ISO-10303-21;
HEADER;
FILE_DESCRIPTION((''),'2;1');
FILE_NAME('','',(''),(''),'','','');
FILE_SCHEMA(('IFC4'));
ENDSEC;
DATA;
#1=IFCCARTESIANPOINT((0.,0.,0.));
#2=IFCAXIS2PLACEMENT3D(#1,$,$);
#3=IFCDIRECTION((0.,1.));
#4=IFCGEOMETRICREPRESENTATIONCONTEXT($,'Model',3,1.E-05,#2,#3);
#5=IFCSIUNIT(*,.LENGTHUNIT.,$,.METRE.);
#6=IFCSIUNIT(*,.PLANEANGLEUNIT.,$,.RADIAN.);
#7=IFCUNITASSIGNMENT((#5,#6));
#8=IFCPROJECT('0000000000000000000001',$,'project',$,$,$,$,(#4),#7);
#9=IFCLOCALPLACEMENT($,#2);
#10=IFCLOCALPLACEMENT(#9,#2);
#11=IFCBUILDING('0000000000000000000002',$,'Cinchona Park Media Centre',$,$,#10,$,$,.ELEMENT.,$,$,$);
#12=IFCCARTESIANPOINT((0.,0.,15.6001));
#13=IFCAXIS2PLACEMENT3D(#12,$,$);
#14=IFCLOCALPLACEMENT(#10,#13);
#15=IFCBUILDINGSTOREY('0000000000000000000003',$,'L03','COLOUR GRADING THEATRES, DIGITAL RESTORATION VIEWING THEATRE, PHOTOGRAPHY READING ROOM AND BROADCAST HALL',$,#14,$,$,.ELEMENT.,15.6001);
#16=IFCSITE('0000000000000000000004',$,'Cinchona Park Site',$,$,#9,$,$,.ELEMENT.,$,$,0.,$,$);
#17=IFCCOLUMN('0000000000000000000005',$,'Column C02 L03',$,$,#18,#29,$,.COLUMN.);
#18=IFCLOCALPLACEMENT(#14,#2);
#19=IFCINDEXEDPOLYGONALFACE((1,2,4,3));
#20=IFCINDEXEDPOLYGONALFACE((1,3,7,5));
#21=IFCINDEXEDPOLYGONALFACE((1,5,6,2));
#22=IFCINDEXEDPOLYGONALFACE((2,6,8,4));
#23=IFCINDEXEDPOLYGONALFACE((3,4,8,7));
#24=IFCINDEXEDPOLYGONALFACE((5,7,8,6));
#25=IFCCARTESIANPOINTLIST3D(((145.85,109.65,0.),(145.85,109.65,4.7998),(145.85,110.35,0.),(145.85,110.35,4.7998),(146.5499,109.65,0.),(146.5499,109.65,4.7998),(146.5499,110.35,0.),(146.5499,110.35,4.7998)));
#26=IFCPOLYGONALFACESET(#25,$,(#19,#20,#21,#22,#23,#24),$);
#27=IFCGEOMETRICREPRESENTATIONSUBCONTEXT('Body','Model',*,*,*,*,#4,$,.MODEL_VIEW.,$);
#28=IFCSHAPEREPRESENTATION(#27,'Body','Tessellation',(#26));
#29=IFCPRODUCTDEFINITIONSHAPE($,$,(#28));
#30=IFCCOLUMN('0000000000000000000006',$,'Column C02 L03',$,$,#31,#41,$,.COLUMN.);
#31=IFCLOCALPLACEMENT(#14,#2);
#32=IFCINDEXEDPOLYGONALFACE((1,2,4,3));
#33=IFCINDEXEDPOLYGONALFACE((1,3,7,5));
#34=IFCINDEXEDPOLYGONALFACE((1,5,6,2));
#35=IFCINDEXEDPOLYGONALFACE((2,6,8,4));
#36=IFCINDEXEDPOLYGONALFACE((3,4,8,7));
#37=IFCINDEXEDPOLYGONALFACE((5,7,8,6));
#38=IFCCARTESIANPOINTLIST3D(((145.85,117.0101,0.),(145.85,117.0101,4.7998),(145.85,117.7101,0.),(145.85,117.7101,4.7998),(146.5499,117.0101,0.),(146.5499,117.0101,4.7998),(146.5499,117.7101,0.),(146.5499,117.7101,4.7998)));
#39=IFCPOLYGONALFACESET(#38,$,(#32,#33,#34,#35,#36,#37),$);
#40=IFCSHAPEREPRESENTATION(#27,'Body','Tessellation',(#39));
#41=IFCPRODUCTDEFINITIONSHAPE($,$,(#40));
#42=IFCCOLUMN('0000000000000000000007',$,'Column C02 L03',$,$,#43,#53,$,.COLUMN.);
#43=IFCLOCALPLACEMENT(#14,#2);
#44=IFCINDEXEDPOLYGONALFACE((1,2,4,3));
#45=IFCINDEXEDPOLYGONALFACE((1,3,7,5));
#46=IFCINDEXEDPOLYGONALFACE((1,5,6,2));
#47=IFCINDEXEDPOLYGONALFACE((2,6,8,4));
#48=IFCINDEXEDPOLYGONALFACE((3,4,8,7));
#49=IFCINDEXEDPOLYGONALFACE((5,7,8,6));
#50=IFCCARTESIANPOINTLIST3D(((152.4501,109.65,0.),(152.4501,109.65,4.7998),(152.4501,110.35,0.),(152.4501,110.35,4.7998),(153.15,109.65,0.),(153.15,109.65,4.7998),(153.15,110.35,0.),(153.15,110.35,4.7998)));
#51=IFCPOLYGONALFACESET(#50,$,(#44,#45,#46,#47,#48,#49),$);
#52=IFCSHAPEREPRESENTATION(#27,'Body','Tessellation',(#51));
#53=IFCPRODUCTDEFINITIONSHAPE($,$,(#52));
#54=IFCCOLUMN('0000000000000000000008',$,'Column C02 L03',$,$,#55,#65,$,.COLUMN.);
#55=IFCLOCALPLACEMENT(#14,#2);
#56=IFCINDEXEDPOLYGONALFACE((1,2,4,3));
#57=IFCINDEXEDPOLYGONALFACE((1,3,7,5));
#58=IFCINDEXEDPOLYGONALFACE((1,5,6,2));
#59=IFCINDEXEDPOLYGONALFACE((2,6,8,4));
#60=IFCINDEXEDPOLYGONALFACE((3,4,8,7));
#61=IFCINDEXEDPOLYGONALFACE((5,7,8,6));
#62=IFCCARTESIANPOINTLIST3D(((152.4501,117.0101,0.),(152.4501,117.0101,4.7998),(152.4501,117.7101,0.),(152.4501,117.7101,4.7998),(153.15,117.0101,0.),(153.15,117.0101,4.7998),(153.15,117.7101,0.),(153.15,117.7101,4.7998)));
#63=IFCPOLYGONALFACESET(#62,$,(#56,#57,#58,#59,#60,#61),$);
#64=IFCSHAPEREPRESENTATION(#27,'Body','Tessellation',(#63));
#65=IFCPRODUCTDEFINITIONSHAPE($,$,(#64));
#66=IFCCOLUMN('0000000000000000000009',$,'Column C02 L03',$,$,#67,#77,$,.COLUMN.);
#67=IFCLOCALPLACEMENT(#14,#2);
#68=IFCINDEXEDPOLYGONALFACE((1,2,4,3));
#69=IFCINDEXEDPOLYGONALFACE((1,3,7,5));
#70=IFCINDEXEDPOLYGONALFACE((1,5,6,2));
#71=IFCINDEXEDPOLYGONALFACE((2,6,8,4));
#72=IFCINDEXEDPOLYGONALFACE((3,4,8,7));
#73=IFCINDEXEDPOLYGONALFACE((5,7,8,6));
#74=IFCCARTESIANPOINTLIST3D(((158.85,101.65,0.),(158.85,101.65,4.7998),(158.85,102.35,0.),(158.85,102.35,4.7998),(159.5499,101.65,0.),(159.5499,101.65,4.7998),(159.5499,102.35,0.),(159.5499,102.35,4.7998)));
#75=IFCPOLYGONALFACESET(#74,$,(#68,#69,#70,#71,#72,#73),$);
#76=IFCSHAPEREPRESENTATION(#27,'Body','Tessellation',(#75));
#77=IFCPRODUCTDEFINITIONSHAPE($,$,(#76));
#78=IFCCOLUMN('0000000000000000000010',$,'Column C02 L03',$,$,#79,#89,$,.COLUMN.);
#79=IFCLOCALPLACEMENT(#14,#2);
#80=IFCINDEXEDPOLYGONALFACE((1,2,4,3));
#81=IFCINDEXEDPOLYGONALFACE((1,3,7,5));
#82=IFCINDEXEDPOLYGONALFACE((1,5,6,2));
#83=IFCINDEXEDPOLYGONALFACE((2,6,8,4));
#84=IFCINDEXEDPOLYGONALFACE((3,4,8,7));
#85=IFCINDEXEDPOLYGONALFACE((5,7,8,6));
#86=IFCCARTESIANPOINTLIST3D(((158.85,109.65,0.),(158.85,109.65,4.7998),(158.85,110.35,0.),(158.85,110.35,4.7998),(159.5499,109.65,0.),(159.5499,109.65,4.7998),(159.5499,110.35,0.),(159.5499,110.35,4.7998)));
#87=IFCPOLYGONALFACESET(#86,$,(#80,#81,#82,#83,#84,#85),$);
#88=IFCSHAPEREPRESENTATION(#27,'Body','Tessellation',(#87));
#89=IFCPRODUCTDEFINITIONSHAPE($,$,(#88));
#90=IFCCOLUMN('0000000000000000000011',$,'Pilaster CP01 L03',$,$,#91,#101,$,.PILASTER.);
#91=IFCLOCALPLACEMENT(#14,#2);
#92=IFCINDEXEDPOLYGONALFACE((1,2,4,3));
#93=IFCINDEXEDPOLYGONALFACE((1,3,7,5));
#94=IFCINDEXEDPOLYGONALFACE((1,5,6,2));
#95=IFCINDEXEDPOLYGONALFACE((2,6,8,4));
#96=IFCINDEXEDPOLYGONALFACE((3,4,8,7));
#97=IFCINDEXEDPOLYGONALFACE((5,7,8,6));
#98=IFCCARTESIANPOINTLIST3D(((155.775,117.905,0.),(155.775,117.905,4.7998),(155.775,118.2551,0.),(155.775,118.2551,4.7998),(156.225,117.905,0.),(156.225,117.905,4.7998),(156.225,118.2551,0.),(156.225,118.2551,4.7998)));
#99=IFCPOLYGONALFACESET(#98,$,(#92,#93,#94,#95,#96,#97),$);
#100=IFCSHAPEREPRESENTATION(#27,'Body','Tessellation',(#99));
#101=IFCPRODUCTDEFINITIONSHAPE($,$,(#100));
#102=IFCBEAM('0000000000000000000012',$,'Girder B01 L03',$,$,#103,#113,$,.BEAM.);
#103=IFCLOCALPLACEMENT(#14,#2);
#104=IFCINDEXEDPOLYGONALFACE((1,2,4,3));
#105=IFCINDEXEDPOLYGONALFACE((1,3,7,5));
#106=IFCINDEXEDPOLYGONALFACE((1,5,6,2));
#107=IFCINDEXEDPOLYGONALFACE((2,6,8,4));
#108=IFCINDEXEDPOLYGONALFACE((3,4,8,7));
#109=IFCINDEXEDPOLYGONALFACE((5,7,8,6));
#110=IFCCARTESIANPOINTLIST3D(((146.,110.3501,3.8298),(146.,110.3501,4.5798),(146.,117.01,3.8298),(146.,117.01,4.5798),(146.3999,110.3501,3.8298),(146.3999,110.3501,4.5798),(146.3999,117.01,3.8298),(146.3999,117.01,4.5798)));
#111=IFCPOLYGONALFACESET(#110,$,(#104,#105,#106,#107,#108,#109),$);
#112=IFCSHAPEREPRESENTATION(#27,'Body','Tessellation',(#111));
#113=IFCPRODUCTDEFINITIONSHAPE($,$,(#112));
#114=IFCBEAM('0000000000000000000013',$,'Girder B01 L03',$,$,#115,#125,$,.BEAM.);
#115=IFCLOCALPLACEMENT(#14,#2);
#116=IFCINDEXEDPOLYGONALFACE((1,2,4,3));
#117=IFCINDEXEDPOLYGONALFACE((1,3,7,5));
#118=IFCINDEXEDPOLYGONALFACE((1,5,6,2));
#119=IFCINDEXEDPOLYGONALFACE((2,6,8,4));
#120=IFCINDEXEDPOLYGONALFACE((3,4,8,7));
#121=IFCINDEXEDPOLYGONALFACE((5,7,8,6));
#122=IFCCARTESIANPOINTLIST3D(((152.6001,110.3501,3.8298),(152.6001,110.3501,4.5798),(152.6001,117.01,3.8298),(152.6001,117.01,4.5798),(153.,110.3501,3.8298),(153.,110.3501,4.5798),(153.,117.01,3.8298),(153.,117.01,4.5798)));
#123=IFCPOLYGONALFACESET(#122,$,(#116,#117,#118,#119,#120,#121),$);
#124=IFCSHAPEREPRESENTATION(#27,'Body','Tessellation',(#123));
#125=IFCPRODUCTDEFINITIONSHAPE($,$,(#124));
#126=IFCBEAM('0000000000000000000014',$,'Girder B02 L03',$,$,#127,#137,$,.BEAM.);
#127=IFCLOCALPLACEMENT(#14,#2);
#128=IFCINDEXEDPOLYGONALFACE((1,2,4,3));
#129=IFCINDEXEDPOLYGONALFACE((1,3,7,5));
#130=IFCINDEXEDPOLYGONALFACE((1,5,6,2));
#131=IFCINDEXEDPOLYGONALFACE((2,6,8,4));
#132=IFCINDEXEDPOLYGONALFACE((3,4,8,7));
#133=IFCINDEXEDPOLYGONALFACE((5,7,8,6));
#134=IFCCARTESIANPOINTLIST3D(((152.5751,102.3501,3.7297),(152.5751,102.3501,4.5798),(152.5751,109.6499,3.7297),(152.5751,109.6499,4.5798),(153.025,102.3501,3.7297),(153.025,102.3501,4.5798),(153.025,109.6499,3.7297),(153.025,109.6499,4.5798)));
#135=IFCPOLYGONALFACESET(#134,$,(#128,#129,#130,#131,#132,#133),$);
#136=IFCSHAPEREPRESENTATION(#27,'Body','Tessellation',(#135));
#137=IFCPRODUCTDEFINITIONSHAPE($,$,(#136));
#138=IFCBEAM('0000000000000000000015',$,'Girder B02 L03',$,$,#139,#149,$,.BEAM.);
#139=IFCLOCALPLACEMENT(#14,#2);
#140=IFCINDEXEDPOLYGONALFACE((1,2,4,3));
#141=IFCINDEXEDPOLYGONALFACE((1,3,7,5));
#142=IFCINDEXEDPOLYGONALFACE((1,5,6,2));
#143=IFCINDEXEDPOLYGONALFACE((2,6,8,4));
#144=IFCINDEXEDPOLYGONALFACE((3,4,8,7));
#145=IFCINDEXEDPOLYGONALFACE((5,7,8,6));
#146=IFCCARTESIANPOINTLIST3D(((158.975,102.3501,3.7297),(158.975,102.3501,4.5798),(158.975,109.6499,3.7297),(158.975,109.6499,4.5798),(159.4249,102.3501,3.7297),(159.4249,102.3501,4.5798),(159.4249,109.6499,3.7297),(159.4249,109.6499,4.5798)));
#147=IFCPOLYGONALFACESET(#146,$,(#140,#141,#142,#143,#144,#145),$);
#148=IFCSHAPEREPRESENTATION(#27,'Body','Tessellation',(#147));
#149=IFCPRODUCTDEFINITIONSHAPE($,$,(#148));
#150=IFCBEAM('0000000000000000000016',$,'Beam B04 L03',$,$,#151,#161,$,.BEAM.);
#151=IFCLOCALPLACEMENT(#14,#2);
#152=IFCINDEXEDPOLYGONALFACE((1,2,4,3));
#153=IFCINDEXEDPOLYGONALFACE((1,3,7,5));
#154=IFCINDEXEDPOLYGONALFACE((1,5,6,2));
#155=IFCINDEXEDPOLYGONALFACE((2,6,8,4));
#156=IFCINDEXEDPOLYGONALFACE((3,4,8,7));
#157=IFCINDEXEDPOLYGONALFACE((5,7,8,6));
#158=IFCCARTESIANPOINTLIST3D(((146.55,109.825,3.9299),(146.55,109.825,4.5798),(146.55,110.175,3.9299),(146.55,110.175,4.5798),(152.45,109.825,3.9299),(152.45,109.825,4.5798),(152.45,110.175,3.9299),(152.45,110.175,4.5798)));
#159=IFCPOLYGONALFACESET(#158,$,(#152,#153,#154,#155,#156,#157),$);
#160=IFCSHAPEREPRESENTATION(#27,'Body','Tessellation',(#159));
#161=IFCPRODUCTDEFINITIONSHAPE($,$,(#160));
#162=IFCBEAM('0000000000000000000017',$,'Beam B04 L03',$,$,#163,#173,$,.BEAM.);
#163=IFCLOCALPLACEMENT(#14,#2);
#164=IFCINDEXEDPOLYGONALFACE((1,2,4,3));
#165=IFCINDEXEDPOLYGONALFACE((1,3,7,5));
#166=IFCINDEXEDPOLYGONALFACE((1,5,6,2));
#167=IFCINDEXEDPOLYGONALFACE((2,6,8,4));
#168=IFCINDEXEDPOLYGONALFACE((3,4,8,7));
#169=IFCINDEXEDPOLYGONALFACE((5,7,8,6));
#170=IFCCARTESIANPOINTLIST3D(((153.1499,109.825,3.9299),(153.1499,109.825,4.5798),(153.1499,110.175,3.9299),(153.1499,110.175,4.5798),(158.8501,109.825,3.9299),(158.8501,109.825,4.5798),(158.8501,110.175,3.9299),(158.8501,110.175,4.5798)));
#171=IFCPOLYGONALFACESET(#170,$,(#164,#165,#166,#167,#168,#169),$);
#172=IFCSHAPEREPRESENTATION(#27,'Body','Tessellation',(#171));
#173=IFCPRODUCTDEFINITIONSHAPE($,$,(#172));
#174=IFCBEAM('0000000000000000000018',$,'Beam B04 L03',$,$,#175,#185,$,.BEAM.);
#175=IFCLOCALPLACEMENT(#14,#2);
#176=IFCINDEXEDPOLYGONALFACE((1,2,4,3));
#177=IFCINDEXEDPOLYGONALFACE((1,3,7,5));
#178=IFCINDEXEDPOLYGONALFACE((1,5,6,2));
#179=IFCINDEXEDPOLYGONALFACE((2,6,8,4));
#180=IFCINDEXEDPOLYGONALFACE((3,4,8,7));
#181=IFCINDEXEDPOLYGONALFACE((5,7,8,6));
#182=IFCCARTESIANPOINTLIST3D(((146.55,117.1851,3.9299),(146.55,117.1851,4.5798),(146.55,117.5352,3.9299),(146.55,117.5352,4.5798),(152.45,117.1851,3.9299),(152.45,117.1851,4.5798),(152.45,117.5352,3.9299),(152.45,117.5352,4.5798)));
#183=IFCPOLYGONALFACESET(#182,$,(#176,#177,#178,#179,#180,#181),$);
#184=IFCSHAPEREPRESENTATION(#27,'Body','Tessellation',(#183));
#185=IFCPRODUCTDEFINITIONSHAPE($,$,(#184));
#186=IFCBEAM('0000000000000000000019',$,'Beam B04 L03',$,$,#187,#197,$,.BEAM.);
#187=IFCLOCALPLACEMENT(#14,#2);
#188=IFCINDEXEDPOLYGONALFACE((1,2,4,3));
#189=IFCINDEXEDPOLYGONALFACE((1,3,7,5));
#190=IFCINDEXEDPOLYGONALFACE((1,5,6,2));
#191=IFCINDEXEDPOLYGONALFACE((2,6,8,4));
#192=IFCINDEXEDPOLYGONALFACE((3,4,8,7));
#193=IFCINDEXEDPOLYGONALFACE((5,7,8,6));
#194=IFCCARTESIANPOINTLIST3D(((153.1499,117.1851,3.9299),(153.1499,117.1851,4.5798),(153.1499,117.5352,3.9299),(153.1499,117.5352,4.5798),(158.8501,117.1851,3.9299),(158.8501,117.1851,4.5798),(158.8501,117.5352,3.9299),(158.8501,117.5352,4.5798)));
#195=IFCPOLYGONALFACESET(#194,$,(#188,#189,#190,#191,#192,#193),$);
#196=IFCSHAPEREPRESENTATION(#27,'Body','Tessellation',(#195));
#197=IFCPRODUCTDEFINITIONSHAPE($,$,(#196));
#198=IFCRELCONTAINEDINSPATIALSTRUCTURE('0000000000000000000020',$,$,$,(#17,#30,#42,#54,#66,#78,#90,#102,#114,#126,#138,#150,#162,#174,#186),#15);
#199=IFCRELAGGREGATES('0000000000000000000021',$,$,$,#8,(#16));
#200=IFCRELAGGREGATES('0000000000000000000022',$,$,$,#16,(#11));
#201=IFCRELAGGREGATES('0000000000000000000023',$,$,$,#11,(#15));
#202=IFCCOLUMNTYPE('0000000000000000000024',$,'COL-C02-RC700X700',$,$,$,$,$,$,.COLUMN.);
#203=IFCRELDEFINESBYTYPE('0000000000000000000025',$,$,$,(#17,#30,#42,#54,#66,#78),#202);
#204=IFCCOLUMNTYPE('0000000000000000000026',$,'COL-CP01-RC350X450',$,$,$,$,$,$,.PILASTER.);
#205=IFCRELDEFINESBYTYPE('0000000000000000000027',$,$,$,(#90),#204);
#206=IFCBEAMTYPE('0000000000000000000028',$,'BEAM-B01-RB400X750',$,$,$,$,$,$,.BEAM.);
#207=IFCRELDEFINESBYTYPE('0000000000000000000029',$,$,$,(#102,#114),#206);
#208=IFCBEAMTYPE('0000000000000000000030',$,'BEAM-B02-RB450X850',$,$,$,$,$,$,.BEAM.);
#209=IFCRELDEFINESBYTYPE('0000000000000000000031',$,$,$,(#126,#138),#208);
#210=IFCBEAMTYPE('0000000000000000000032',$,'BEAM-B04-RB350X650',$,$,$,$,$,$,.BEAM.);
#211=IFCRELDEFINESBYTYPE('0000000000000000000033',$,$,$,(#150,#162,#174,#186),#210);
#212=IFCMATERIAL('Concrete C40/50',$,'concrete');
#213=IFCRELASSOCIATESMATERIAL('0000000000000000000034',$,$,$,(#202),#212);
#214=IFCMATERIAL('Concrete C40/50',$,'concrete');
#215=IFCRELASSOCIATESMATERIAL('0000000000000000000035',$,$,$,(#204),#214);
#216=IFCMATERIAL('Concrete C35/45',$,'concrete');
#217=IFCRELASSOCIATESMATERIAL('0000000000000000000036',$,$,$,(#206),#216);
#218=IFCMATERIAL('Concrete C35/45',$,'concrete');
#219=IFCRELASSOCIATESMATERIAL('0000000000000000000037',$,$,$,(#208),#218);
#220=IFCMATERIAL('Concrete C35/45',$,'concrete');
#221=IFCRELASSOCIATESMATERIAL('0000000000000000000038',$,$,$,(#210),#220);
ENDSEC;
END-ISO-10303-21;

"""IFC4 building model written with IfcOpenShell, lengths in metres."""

from ifc_helpers import new_model, si_unit, direction, frame, origin, origin_2d, place, context, subcontext, project, spatial, rectangle, extrude, material, material_profile, profile_set, type_object, element, save


model = new_model("IFC4")

# Units and contexts
model_context = context("Model", 3, precision=1e-05, world=origin(), true_north=direction((0.0, 1.0)))
body_context = subcontext(model_context, "Body", "Model", "MODEL_VIEW")
ifc_project = project(units=[si_unit("LENGTHUNIT", "METRE"), si_unit("PLANEANGLEUNIT", "RADIAN")], contexts=[model_context])

# Site, building, storey
site_placement = place(None, origin())
site = spatial("IfcSite", under=ifc_project, at=site_placement, Name="Cinchona Park Site", CompositionType="ELEMENT", RefElevation=0.0)
building_placement = place(site_placement, origin())
building = spatial("IfcBuilding", under=site, at=building_placement, Name="Cinchona Park Media Centre", CompositionType="ELEMENT")
storey_placement = place(building_placement, frame((0.0, 0.0, 15.6001)))
storey = spatial("IfcBuildingStorey", under=building, at=storey_placement, Name="L03", Description="COLOUR GRADING THEATRES, DIGITAL RESTORATION VIEWING THEATRE, PHOTOGRAPHY READING ROOM AND BROADCAST HALL", CompositionType="ELEMENT", Elevation=15.6001)

# Columns
ifc_material_1 = material(Name="Concrete C40/50", Category="concrete")
ifc_material_profile_1 = material_profile(ifc_material_1, rectangle(XDim=0.7, YDim=0.7, at=origin_2d()), Name="RC 700X700")
ifc_profile_set_1 = profile_set([ifc_material_profile_1], Name="Concrete C40/50")
column_type_1 = type_object("IfcColumnType", Name="COL-C02-RC700X700", PredefinedType="COLUMN", material=ifc_profile_set_1)
for number, where, z_axis, x_axis, name in (
    (1, (146.2, 110.0, 0.0), (0.0, 0.0, 1.0), (1.0, 0.0, 0.0), "Column C02 L03"),
    (2, (146.2, 117.3601, 0.0), (0.0, 0.0, 1.0), (1.0, 0.0, 0.0), "Column C02 L03"),
    (3, (152.8, 110.0, 0.0), (0.0, 0.0, 1.0), (1.0, 0.0, 0.0), "Column C02 L03"),
    (4, (152.8, 117.3601, 0.0), (0.0, 0.0, 1.0), (1.0, 0.0, 0.0), "Column C02 L03"),
    (5, (159.2, 102.0, 0.0), (0.0, 0.0, 1.0), (1.0, 0.0, 0.0), "Column C02 L03"),
    (6, (159.2, 110.0, 0.0), (0.0, 0.0, 1.0), (1.0, 0.0, 0.0), "Column C02 L03"),
):
    element("IfcColumn", number, at=place(storey_placement, frame(where, z_axis=z_axis, x_axis=x_axis)), inside=storey, type_object=column_type_1, Name=name, PredefinedType="COLUMN", context=body_context, shape_type="SweptSolid", body=[
        extrude(rectangle(XDim=0.7, YDim=0.7, at=origin_2d()), origin(), (0.0, 0.0, 1.0), 4.7998),
    ])
ifc_material_2 = material(Name="Concrete C40/50", Category="concrete")
ifc_material_profile_2 = material_profile(ifc_material_2, rectangle(XDim=0.3501, YDim=0.45, at=origin_2d()), Name="RC 350X450")
ifc_profile_set_2 = profile_set([ifc_material_profile_2], Name="Concrete C40/50")
column_type_2 = type_object("IfcColumnType", Name="COL-CP01-RC350X450", PredefinedType="PILASTER", material=ifc_profile_set_2)
column_placement = place(storey_placement, frame((156.0, 118.0801, 0.0), z_axis=(0.0, 0.0, 1.0), x_axis=(0.0, 1.0, 0.0)))
element("IfcColumn", 7, at=column_placement, inside=storey, type_object=column_type_2, Name="Pilaster CP01 L03", PredefinedType="PILASTER", context=body_context, shape_type="SweptSolid", body=[
    extrude(rectangle(XDim=0.3501, YDim=0.45, at=origin_2d()), origin(), (0.0, 0.0, 1.0), 4.7998),
])

# Beams
ifc_material_3 = material(Name="Concrete C35/45", Category="concrete")
ifc_material_profile_3 = material_profile(ifc_material_3, rectangle(XDim=0.3999, YDim=0.75, at=origin_2d()), Name="RB 400X750")
ifc_profile_set_3 = profile_set([ifc_material_profile_3], Name="Concrete C35/45")
beam_type_1 = type_object("IfcBeamType", Name="BEAM-B01-RB400X750", PredefinedType="BEAM", material=ifc_profile_set_3)
for number, where, z_axis, x_axis, name in (
    (8, (146.2, 110.3501, 4.2048), (0.0, 1.0, 0.0), (-1.0, 0.0, 0.0), "Girder B01 L03"),
    (9, (152.8, 110.3501, 4.2048), (0.0, 1.0, 0.0), (-1.0, 0.0, 0.0), "Girder B01 L03"),
):
    element("IfcBeam", number, at=place(storey_placement, frame(where, z_axis=z_axis, x_axis=x_axis)), inside=storey, type_object=beam_type_1, Name=name, PredefinedType="BEAM", context=body_context, shape_type="SweptSolid", body=[
        extrude(rectangle(XDim=0.3999, YDim=0.75, at=origin_2d()), origin(), (0.0, 0.0, 1.0), 6.6599),
    ])
ifc_material_4 = material(Name="Concrete C35/45", Category="concrete")
ifc_material_profile_4 = material_profile(ifc_material_4, rectangle(XDim=0.45, YDim=0.8501, at=origin_2d()), Name="RB 450X850")
ifc_profile_set_4 = profile_set([ifc_material_profile_4], Name="Concrete C35/45")
beam_type_2 = type_object("IfcBeamType", Name="BEAM-B02-RB450X850", PredefinedType="BEAM", material=ifc_profile_set_4)
for number, where, z_axis, x_axis, name in (
    (10, (152.8, 102.3501, 4.1548), (0.0, 1.0, 0.0), (-1.0, 0.0, 0.0), "Girder B02 L03"),
    (11, (159.2, 102.3501, 4.1548), (0.0, 1.0, 0.0), (-1.0, 0.0, 0.0), "Girder B02 L03"),
):
    element("IfcBeam", number, at=place(storey_placement, frame(where, z_axis=z_axis, x_axis=x_axis)), inside=storey, type_object=beam_type_2, Name=name, PredefinedType="BEAM", context=body_context, shape_type="SweptSolid", body=[
        extrude(rectangle(XDim=0.45, YDim=0.8501, at=origin_2d()), origin(), (0.0, 0.0, 1.0), 7.2998),
    ])
ifc_material_5 = material(Name="Concrete C35/45", Category="concrete")
ifc_material_profile_5 = material_profile(ifc_material_5, rectangle(XDim=0.3501, YDim=0.6499, at=origin_2d()), Name="RB 350X650")
ifc_profile_set_5 = profile_set([ifc_material_profile_5], Name="Concrete C35/45")
beam_type_3 = type_object("IfcBeamType", Name="BEAM-B04-RB350X650", PredefinedType="BEAM", material=ifc_profile_set_5)
beam_1_placement = place(storey_placement, frame((146.55, 110.0, 4.2549), z_axis=(1.0, 0.0, 0.0), x_axis=(0.0, 1.0, 0.0)))
element("IfcBeam", 12, at=beam_1_placement, inside=storey, type_object=beam_type_3, Name="Beam B04 L03", PredefinedType="BEAM", context=body_context, shape_type="SweptSolid", body=[
    extrude(rectangle(XDim=0.3501, YDim=0.6499, at=origin_2d()), origin(), (0.0, 0.0, 1.0), 5.8999),
])
beam_2_placement = place(storey_placement, frame((153.1499, 110.0, 4.2549), z_axis=(1.0, 0.0, 0.0), x_axis=(0.0, 1.0, 0.0)))
element("IfcBeam", 13, at=beam_2_placement, inside=storey, type_object=beam_type_3, Name="Beam B04 L03", PredefinedType="BEAM", context=body_context, shape_type="SweptSolid", body=[
    extrude(rectangle(XDim=0.3501, YDim=0.6499, at=origin_2d()), origin(), (0.0, 0.0, 1.0), 5.7002),
])
beam_3_placement = place(storey_placement, frame((146.55, 117.3601, 4.2549), z_axis=(1.0, 0.0, 0.0), x_axis=(0.0, 1.0, 0.0)))
element("IfcBeam", 14, at=beam_3_placement, inside=storey, type_object=beam_type_3, Name="Beam B04 L03", PredefinedType="BEAM", context=body_context, shape_type="SweptSolid", body=[
    extrude(rectangle(XDim=0.3501, YDim=0.6499, at=origin_2d()), origin(), (0.0, 0.0, 1.0), 5.8999),
])
beam_4_placement = place(storey_placement, frame((153.1499, 117.3601, 4.2549), z_axis=(1.0, 0.0, 0.0), x_axis=(0.0, 1.0, 0.0)))
element("IfcBeam", 15, at=beam_4_placement, inside=storey, type_object=beam_type_3, Name="Beam B04 L03", PredefinedType="BEAM", context=body_context, shape_type="SweptSolid", body=[
    extrude(rectangle(XDim=0.3501, YDim=0.6499, at=origin_2d()), origin(), (0.0, 0.0, 1.0), 5.7002),
])

save(model, "model.ifc")
